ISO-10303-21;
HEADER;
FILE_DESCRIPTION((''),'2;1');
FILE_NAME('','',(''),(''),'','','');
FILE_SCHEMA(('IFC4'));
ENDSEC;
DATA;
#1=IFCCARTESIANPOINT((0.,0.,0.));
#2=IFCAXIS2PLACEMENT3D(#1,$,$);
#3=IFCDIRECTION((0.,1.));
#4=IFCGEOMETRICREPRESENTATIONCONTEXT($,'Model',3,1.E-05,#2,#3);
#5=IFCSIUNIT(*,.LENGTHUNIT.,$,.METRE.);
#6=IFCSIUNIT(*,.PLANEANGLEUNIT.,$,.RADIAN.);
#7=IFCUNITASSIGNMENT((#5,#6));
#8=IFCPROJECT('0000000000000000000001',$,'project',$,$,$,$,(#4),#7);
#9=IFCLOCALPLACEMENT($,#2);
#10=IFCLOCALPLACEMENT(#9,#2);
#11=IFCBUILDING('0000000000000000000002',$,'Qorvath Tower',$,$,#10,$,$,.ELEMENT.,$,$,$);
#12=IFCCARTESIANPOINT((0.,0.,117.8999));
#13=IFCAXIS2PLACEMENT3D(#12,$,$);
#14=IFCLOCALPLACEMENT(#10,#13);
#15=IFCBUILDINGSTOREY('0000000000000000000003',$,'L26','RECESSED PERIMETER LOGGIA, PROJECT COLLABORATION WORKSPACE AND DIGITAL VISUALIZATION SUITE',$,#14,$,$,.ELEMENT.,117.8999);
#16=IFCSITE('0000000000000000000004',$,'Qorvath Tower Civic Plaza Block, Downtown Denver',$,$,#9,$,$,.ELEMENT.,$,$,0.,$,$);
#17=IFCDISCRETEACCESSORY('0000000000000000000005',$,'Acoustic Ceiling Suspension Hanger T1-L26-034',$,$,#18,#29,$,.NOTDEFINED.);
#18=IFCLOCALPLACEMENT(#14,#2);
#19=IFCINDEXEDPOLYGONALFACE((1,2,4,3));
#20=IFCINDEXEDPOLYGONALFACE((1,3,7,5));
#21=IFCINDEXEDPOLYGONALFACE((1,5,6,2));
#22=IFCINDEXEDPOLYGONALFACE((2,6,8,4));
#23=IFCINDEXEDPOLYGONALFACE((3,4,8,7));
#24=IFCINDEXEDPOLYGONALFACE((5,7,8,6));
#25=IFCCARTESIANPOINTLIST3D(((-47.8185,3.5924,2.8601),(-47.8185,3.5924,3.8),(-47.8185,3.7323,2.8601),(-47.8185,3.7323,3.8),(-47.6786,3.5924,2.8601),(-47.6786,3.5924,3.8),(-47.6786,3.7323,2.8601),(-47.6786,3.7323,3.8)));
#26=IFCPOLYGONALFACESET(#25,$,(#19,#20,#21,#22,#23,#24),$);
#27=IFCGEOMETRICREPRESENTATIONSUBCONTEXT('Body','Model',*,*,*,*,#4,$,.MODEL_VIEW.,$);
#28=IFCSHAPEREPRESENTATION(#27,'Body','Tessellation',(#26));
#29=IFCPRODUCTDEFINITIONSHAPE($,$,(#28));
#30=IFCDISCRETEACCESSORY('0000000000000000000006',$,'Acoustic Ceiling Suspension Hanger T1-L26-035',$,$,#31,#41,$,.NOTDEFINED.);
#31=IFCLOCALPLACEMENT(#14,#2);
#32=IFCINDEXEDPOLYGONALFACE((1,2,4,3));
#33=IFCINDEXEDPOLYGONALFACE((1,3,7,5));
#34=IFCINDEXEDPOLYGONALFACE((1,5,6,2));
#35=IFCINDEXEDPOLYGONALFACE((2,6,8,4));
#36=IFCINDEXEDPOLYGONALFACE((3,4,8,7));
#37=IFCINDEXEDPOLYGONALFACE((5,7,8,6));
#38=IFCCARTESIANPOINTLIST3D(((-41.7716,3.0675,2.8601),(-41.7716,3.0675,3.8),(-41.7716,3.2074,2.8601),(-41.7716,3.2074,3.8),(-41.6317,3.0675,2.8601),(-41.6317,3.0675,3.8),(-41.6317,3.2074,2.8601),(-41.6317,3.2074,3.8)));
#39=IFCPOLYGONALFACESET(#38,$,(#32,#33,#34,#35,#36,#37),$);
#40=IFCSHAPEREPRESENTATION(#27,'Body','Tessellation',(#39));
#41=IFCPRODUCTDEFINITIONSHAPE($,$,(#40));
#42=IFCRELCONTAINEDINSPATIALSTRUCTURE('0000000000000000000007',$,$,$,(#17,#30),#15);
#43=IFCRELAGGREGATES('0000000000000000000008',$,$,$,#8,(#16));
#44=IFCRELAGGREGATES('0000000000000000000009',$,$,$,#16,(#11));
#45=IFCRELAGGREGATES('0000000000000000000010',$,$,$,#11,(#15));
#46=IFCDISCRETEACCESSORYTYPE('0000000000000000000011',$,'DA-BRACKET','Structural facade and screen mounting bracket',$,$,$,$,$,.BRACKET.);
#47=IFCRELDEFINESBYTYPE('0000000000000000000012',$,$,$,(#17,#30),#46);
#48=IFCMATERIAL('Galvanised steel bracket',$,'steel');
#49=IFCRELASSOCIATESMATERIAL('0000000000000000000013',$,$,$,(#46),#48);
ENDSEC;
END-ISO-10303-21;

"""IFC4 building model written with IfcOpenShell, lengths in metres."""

from ifc_helpers import new_model, si_unit, direction, frame, origin, origin_2d, place, context, subcontext, project, spatial, rectangle, extrude, material, type_object, element, save


model = new_model("IFC4")

# Units and contexts
model_context = context("Model", 3, precision=1e-05, world=origin(), true_north=direction((0.0, 1.0)))
body_context = subcontext(model_context, "Body", "Model", "MODEL_VIEW")
ifc_project = project(units=[si_unit("LENGTHUNIT", "METRE"), si_unit("PLANEANGLEUNIT", "RADIAN")], contexts=[model_context])

# Site, building, storey
site_placement = place(None, origin())
site = spatial("IfcSite", under=ifc_project, at=site_placement, Name="Qorvath Tower Civic Plaza Block, Downtown Denver", CompositionType="ELEMENT", RefElevation=0.0)
building_placement = place(site_placement, origin())
building = spatial("IfcBuilding", under=site, at=building_placement, Name="Qorvath Tower", CompositionType="ELEMENT")
storey_placement = place(building_placement, frame((0.0, 0.0, 117.8999)))
storey = spatial("IfcBuildingStorey", under=building, at=storey_placement, Name="L26", Description="RECESSED PERIMETER LOGGIA, PROJECT COLLABORATION WORKSPACE AND DIGITAL VISUALIZATION SUITE", CompositionType="ELEMENT", Elevation=117.8999)

# Discrete accessories
ifc_material_1 = material(Name="Galvanised steel bracket", Category="steel")
discrete_accessory_type = type_object("IfcDiscreteAccessoryType", Name="DA-BRACKET", Description="Structural facade and screen mounting bracket", PredefinedType="BRACKET", material=ifc_material_1)
for number, where, z_axis, x_axis, name in (
    (1, (-47.7485, 3.6624, 2.8601), (0.0, 0.0, 1.0), (1.0, 0.0, 0.0), "Acoustic Ceiling Suspension Hanger T1-L26-034"),
    (2, (-41.7017, 3.1375, 2.8601), (0.0, 0.0, 1.0), (1.0, 0.0, 0.0), "Acoustic Ceiling Suspension Hanger T1-L26-035"),
):
    element("IfcDiscreteAccessory", number, at=place(storey_placement, frame(where, z_axis=z_axis, x_axis=x_axis)), inside=storey, type_object=discrete_accessory_type, Name=name, PredefinedType="NOTDEFINED", context=body_context, shape_type="SweptSolid", body=[
        extrude(rectangle(XDim=0.1399, YDim=0.1399, at=origin_2d()), origin(), (0.0, 0.0, 1.0), 0.9399),
    ])

save(model, "model.ifc")
